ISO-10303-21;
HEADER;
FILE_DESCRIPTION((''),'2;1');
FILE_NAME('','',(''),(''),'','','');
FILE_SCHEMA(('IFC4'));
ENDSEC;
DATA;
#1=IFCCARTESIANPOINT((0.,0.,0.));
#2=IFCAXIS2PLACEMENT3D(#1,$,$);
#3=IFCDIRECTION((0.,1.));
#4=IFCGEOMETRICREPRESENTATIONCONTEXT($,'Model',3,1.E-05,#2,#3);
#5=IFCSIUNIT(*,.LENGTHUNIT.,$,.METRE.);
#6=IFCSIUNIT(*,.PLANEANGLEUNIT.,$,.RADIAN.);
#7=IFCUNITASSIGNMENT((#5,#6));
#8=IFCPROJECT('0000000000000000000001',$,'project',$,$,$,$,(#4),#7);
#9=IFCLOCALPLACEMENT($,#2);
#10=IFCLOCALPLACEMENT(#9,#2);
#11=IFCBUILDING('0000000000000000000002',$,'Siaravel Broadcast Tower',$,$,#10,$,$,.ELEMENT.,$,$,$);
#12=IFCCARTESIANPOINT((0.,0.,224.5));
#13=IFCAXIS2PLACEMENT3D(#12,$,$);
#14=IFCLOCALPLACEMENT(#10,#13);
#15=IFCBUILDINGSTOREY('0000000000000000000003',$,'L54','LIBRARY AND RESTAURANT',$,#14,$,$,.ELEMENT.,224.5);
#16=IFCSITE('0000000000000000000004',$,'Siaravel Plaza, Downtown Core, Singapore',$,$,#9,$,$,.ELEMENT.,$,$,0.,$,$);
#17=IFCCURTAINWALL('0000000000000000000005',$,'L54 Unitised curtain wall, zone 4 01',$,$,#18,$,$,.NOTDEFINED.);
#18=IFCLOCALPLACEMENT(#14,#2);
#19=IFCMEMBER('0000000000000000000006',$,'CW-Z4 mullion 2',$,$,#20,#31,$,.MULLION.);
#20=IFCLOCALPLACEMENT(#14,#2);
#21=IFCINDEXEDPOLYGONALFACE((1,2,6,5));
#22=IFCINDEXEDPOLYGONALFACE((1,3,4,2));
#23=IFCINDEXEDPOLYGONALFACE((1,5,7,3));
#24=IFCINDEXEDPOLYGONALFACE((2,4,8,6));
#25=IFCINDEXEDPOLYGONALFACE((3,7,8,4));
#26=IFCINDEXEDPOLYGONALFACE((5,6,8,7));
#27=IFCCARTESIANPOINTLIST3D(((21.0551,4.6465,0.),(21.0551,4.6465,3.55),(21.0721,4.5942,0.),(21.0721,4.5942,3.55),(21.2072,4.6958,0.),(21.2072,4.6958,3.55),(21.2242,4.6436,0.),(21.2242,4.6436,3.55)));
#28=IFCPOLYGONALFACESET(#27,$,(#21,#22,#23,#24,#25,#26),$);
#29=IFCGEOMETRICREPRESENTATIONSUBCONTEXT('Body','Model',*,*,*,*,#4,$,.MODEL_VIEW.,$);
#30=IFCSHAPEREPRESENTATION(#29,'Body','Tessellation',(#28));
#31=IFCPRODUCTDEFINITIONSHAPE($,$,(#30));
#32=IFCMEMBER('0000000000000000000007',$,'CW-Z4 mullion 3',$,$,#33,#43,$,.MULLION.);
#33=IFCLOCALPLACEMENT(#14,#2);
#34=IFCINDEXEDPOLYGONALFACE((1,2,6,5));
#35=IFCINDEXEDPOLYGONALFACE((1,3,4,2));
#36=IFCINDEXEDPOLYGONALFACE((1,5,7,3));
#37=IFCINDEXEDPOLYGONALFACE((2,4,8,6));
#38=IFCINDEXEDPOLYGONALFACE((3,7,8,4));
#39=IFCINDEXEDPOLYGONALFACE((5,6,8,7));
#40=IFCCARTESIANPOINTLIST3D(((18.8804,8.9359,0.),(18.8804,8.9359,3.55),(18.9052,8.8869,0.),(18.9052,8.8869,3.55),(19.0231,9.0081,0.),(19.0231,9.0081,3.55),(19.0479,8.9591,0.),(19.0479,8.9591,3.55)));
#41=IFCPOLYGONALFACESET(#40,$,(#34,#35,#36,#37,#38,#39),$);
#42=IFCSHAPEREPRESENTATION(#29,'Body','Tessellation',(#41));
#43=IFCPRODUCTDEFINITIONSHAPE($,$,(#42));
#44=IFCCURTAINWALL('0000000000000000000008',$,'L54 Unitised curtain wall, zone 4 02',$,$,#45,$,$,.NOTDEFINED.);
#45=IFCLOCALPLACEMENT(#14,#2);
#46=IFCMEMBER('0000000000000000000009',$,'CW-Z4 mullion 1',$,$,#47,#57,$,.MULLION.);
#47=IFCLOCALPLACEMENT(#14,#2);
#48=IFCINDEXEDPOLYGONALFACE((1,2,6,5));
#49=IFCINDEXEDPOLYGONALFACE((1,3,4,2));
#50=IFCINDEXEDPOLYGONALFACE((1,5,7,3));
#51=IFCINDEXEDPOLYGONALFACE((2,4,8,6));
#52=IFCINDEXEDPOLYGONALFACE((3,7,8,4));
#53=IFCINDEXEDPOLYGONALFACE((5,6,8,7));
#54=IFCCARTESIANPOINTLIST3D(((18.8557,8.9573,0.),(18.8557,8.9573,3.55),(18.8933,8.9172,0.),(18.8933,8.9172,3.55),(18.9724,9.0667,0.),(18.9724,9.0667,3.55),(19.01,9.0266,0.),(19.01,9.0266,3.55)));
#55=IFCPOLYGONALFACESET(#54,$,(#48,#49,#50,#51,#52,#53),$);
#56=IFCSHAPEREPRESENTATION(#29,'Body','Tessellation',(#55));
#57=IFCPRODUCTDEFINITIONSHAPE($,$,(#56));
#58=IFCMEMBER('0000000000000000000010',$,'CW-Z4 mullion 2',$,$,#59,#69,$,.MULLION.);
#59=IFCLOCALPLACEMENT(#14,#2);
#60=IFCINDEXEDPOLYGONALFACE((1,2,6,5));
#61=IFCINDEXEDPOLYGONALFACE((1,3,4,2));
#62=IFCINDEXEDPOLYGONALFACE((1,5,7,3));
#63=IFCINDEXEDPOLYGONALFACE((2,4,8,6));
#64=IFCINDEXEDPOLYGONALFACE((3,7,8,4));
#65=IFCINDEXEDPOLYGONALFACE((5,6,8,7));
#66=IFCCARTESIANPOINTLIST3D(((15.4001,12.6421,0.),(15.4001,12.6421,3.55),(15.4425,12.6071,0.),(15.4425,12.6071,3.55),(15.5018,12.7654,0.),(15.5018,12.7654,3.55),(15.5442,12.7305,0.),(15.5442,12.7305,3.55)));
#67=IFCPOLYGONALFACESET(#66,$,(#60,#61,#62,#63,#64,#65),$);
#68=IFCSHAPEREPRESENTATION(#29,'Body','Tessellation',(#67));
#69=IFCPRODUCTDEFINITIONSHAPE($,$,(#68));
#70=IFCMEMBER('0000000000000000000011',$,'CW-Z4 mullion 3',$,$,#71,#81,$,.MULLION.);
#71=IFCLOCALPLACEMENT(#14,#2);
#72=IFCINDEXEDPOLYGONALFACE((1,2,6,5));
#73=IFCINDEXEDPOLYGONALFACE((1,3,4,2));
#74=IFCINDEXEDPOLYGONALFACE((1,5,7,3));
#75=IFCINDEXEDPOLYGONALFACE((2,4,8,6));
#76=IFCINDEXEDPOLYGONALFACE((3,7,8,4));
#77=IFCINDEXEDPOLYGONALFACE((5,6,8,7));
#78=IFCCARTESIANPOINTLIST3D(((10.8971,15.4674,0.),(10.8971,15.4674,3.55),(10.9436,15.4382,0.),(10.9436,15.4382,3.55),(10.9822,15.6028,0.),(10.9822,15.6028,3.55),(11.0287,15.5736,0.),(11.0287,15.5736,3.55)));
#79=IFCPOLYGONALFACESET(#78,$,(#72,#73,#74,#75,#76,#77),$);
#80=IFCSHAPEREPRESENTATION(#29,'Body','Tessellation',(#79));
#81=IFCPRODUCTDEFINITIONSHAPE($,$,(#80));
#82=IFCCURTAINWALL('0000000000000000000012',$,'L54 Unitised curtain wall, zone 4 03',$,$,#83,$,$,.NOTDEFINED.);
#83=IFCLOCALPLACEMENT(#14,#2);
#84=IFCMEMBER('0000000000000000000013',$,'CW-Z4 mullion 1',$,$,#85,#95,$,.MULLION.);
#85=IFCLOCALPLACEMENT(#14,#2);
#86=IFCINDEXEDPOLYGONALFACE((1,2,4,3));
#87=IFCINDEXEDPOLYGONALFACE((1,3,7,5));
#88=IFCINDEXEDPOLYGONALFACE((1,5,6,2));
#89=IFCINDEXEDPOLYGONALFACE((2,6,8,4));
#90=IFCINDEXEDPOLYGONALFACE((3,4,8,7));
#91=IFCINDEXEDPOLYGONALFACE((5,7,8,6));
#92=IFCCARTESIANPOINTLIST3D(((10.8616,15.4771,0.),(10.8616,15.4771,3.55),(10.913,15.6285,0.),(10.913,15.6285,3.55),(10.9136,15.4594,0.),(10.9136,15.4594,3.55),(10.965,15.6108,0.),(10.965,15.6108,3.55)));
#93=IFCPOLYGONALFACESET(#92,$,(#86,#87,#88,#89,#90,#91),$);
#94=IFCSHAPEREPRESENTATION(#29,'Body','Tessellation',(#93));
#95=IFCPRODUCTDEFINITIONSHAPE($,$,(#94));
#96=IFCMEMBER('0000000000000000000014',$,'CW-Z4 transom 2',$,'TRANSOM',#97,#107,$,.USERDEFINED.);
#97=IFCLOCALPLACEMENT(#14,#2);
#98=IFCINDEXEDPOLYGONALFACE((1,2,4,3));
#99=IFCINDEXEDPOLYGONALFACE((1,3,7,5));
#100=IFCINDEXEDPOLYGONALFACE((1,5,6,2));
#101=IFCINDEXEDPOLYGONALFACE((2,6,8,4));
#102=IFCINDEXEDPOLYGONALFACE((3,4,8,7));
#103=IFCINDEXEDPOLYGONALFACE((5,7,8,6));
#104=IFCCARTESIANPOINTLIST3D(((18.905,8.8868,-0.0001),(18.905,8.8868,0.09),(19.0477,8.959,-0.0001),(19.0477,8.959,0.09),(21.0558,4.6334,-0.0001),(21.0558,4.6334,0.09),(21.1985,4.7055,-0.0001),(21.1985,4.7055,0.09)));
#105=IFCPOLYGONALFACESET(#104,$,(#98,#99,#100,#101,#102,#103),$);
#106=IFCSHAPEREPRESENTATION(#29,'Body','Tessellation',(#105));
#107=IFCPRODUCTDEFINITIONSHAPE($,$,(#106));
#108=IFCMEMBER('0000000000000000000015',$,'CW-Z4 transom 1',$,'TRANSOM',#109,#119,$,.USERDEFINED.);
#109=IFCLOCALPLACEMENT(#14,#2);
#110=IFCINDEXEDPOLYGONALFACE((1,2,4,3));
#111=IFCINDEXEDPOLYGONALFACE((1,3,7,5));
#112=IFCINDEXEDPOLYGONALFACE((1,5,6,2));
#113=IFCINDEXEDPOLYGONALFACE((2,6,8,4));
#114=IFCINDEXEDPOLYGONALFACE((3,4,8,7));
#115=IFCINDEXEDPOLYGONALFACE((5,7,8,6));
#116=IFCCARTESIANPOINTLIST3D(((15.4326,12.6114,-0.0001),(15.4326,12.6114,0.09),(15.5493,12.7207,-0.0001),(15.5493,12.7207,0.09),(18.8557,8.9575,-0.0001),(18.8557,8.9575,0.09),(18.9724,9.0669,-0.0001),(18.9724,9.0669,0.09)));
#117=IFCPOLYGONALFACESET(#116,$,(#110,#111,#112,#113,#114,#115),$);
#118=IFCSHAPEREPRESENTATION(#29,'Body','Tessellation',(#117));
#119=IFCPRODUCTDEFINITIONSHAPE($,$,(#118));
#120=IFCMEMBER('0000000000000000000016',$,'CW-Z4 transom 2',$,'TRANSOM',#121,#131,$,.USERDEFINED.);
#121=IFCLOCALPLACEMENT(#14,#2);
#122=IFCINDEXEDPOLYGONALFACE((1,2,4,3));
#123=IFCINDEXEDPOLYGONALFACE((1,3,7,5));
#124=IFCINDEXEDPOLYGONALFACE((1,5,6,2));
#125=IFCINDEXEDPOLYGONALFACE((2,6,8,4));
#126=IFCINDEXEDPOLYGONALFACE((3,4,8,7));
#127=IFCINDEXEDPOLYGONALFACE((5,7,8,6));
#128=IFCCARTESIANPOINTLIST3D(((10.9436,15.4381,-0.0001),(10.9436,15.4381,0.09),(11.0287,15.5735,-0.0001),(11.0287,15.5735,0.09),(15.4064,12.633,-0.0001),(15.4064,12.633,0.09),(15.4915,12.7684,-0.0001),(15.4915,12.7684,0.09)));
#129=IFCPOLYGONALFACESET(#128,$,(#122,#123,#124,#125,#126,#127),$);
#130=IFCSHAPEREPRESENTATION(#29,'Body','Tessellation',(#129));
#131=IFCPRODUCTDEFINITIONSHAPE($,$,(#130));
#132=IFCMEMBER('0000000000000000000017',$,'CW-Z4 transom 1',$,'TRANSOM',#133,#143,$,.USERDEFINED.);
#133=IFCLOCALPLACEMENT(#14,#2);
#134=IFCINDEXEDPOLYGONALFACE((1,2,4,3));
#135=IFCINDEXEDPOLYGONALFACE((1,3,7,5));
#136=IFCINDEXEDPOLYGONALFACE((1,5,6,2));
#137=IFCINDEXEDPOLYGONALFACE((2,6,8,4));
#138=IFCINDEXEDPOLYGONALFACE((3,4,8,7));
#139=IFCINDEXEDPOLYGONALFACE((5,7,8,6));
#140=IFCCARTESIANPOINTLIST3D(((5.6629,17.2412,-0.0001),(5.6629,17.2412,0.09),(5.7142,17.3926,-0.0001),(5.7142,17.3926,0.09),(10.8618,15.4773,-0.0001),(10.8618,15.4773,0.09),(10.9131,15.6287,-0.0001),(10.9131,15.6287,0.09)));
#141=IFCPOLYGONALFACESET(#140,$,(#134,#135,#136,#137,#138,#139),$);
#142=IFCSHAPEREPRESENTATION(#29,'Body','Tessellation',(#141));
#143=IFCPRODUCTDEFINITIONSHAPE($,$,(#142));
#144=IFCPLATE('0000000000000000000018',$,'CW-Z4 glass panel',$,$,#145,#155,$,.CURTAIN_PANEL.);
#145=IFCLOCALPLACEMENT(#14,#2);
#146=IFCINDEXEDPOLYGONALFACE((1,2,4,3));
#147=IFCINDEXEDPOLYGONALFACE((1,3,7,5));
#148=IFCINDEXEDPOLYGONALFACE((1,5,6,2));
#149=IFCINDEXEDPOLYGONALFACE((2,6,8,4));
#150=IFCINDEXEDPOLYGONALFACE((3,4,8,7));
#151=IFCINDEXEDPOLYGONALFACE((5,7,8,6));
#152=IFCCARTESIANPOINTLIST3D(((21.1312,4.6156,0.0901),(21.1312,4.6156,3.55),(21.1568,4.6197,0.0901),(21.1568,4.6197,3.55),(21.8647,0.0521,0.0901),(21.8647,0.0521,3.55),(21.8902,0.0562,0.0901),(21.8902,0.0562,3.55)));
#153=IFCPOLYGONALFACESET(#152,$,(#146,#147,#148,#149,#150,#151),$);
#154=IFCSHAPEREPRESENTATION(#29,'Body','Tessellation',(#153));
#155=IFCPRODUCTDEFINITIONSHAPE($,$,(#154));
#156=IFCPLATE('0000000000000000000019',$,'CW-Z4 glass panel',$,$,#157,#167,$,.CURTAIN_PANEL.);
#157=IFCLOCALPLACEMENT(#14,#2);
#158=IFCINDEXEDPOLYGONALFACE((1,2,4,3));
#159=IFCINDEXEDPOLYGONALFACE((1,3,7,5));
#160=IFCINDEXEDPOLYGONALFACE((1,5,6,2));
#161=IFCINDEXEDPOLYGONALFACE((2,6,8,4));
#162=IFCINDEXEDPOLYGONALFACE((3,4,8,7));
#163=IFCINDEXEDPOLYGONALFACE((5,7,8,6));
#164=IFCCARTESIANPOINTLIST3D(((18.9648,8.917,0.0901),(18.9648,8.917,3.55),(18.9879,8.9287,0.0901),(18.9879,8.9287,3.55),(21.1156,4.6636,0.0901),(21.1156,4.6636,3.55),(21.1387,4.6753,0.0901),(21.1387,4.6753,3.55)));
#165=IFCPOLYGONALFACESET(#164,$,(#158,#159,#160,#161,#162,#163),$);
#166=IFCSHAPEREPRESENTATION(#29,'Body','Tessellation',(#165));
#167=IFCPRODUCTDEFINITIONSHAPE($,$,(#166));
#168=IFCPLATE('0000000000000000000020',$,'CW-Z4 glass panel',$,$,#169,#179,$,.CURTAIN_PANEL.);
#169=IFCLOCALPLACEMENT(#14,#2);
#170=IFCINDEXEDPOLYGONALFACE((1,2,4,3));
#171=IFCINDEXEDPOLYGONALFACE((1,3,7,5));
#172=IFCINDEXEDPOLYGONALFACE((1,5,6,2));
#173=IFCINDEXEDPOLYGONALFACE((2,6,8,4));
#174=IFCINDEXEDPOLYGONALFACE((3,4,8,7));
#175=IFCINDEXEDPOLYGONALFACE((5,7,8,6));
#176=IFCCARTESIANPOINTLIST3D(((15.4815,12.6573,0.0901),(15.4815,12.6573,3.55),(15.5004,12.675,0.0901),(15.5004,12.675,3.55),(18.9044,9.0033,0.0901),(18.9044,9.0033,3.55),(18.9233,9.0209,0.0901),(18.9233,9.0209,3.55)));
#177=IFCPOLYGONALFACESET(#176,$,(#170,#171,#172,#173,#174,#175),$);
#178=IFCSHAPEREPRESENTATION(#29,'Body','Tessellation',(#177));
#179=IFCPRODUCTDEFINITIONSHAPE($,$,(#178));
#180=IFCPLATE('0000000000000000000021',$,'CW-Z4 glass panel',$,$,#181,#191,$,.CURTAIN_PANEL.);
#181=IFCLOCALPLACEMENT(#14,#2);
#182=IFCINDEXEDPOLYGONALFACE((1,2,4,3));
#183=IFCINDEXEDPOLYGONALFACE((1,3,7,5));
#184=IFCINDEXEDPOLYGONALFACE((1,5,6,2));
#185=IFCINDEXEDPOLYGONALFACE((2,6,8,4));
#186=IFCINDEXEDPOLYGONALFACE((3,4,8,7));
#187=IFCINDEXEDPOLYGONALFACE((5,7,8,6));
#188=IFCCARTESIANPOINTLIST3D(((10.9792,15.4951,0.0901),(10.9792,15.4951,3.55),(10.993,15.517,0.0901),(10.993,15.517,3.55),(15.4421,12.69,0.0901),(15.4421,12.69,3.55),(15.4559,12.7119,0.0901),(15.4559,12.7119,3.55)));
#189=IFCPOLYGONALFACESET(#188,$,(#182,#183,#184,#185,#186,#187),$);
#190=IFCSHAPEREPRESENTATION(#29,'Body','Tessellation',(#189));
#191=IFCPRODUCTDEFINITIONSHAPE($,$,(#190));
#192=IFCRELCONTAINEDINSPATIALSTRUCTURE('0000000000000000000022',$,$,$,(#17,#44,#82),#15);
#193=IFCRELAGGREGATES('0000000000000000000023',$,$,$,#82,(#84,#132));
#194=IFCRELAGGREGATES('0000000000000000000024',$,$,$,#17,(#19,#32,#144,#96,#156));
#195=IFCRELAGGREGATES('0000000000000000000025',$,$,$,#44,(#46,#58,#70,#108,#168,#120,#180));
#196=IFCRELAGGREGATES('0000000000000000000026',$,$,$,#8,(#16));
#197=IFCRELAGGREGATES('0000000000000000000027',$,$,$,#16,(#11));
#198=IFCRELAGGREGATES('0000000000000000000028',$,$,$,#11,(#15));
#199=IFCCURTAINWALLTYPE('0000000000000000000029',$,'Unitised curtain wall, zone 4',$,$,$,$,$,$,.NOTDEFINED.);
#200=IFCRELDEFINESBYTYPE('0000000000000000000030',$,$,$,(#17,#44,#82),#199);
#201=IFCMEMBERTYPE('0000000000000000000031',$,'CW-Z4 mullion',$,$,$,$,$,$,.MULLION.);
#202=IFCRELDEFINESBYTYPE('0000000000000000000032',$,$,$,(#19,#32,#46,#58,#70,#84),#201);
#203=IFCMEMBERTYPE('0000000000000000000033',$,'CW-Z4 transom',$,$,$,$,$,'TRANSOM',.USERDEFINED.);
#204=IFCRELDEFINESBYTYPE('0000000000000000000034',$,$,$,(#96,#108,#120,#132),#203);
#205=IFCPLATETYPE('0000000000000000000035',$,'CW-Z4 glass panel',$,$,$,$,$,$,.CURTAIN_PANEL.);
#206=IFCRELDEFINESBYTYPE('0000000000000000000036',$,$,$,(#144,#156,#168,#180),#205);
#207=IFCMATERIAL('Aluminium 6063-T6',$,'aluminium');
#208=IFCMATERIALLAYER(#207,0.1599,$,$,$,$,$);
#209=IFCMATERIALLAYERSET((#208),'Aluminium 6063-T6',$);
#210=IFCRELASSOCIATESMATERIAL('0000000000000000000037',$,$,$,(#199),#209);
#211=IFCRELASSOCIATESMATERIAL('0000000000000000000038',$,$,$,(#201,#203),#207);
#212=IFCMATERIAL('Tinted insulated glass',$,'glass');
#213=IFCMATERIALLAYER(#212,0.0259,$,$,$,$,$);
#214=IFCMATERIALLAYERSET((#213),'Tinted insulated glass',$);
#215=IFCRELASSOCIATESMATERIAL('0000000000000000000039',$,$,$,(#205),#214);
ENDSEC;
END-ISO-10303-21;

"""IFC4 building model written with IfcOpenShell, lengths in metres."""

from ifc_helpers import new_model, si_unit, direction, frame, origin, origin_2d, place, context, subcontext, project, spatial, rectangle, extrude, material, layer, layer_set, material_profile, profile_set, type_object, element, aggregate, save


model = new_model("IFC4")

# Units and contexts
model_context = context("Model", 3, precision=1e-05, world=origin(), true_north=direction((0.0, 1.0)))
body_context = subcontext(model_context, "Body", "Model", "MODEL_VIEW")
ifc_project = project(units=[si_unit("LENGTHUNIT", "METRE"), si_unit("PLANEANGLEUNIT", "RADIAN")], contexts=[model_context])

# Site, building, storey
site_placement = place(None, origin())
site = spatial("IfcSite", under=ifc_project, at=site_placement, Name="Siaravel Plaza, Downtown Core, Singapore", CompositionType="ELEMENT", RefElevation=0.0)
building_placement = place(site_placement, origin())
building = spatial("IfcBuilding", under=site, at=building_placement, Name="Siaravel Broadcast Tower", CompositionType="ELEMENT")
storey_placement = place(building_placement, frame((0.0, 0.0, 224.5)))
storey = spatial("IfcBuildingStorey", under=building, at=storey_placement, Name="L54", Description="LIBRARY AND RESTAURANT", CompositionType="ELEMENT", Elevation=224.5)

# Curtain walls, members
ifc_material_1 = material(Name="Aluminium 6063-T6", Category="aluminium")
ifc_layer_1 = layer(ifc_material_1, 0.1599)
ifc_layer_set_1 = layer_set([ifc_layer_1], Name="Aluminium 6063-T6")
curtain_wall_type = type_object("IfcCurtainWallType", Name="Unitised curtain wall, zone 4", PredefinedType="NOTDEFINED", material=ifc_layer_set_1)
curtain_wall_1_placement = place(storey_placement, origin())
curtain_wall_1 = element("IfcCurtainWall", 1, at=curtain_wall_1_placement, inside=storey, type_object=curtain_wall_type, Name="L54 Unitised curtain wall, zone 4 01", PredefinedType="NOTDEFINED")
ifc_material_profile_1 = material_profile(ifc_material_1, rectangle(XDim=0.1599, YDim=0.0549, at=origin_2d()))
ifc_profile_set_1 = profile_set([ifc_material_profile_1], Name="Aluminium 6063-T6")
member_type_1 = type_object("IfcMemberType", Name="CW-Z4 mullion", PredefinedType="MULLION", material=ifc_profile_set_1)
member_1_placement = place(storey_placement, frame((21.1396, 4.645, 0.0), z_axis=(0.0, 0.0, 1.0), x_axis=(-0.951178, -0.308644, 0.0)))
member_1 = element("IfcMember", 2, at=member_1_placement, type_object=member_type_1, Name="CW-Z4 mullion 2", PredefinedType="MULLION", context=body_context, shape_type="SweptSolid", body=[
    extrude(rectangle(XDim=0.1599, YDim=0.0549, at=origin_2d()), origin(), (0.0, 0.0, 1.0), 3.55),
])
member_2_placement = place(storey_placement, frame((18.9641, 8.9475, 0.0), z_axis=(0.0, 0.0, 1.0), x_axis=(-0.892393, -0.45126, 0.0)))
member_2 = element("IfcMember", 3, at=member_2_placement, type_object=member_type_1, Name="CW-Z4 mullion 3", PredefinedType="MULLION", context=body_context, shape_type="SweptSolid", body=[
    extrude(rectangle(XDim=0.1599, YDim=0.0549, at=origin_2d()), origin(), (0.0, 0.0, 1.0), 3.55),
])
curtain_wall_2_placement = place(storey_placement, origin())
curtain_wall_2 = element("IfcCurtainWall", 4, at=curtain_wall_2_placement, inside=storey, type_object=curtain_wall_type, Name="L54 Unitised curtain wall, zone 4 02", PredefinedType="NOTDEFINED")
member_3_placement = place(storey_placement, frame((18.9329, 8.9919, 0.0), z_axis=(0.0, 0.0, 1.0), x_axis=(-0.729806, -0.683654, 0.0)))
member_3 = element("IfcMember", 5, at=member_3_placement, type_object=member_type_1, Name="CW-Z4 mullion 1", PredefinedType="MULLION", context=body_context, shape_type="SweptSolid", body=[
    extrude(rectangle(XDim=0.1599, YDim=0.0549, at=origin_2d()), origin(), (0.0, 0.0, 1.0), 3.55),
])
member_4_placement = place(storey_placement, frame((15.4722, 12.6863, 0.0), z_axis=(0.0, 0.0, 1.0), x_axis=(-0.63622, -0.771508, 0.0)))
member_4 = element("IfcMember", 6, at=member_4_placement, type_object=member_type_1, Name="CW-Z4 mullion 2", PredefinedType="MULLION", context=body_context, shape_type="SweptSolid", body=[
    extrude(rectangle(XDim=0.1599, YDim=0.0549, at=origin_2d()), origin(), (0.0, 0.0, 1.0), 3.55),
])
member_5_placement = place(storey_placement, frame((10.9629, 15.5205, 0.0), z_axis=(0.0, 0.0, 1.0), x_axis=(-0.53215, -0.84665, 0.0)))
member_5 = element("IfcMember", 7, at=member_5_placement, type_object=member_type_1, Name="CW-Z4 mullion 3", PredefinedType="MULLION", context=body_context, shape_type="SweptSolid", body=[
    extrude(rectangle(XDim=0.1599, YDim=0.0549, at=origin_2d()), origin(), (0.0, 0.0, 1.0), 3.55),
])

# Curtain wall, member
curtain_wall_3_placement = place(storey_placement, origin())
curtain_wall_3 = element("IfcCurtainWall", 8, at=curtain_wall_3_placement, inside=storey, type_object=curtain_wall_type, Name="L54 Unitised curtain wall, zone 4 03", PredefinedType="NOTDEFINED")
member_6_placement = place(storey_placement, frame((10.9133, 15.5439, 0.0), z_axis=(0.0, 0.0, 1.0), x_axis=(-0.321301, -0.946977, 0.0)))
member_6 = element("IfcMember", 9, at=member_6_placement, type_object=member_type_1, Name="CW-Z4 mullion 1", PredefinedType="MULLION", context=body_context, shape_type="SweptSolid", body=[
    extrude(rectangle(XDim=0.1599, YDim=0.0549, at=origin_2d()), origin(), (0.0, 0.0, 1.0), 3.55),
])

# Members
ifc_material_profile_2 = material_profile(ifc_material_1, rectangle(XDim=0.1599, YDim=0.0901, at=origin_2d()))
ifc_profile_set_2 = profile_set([ifc_material_profile_2], Name="Aluminium 6063-T6")
member_type_2 = type_object("IfcMemberType", Name="CW-Z4 transom", ElementType="TRANSOM", PredefinedType="USERDEFINED", material=ifc_profile_set_2)
member_7_placement = place(storey_placement, frame((21.1272, 4.6694, 0.0449), z_axis=(-0.451266, 0.89239, 0.0), x_axis=(-0.89239, -0.451266, 0.0)))
member_7 = element("IfcMember", 10, at=member_7_placement, type_object=member_type_2, Name="CW-Z4 transom 2", ObjectType="TRANSOM", PredefinedType="USERDEFINED", context=body_context, shape_type="SweptSolid", body=[
    extrude(rectangle(XDim=0.1599, YDim=0.0901, at=origin_2d()), origin(), (0.0, 0.0, 1.0), 4.7664),
])
member_8_placement = place(storey_placement, frame((18.9141, 9.0122, 0.0449), z_axis=(-0.683691, 0.729771, 0.0), x_axis=(-0.729771, -0.683691, 0.0)))
member_8 = element("IfcMember", 11, at=member_8_placement, type_object=member_type_2, Name="CW-Z4 transom 1", ObjectType="TRANSOM", PredefinedType="USERDEFINED", context=body_context, shape_type="SweptSolid", body=[
    extrude(rectangle(XDim=0.1599, YDim=0.0901, at=origin_2d()), origin(), (0.0, 0.0, 1.0), 5.0068),
])
member_9_placement = place(storey_placement, frame((15.449, 12.7007, 0.0449), z_axis=(-0.846643, 0.532162, 0.0), x_axis=(-0.532162, -0.846643, 0.0)))
member_9 = element("IfcMember", 12, at=member_9_placement, type_object=member_type_2, Name="CW-Z4 transom 2", ObjectType="TRANSOM", PredefinedType="USERDEFINED", context=body_context, shape_type="SweptSolid", body=[
    extrude(rectangle(XDim=0.1599, YDim=0.0901, at=origin_2d()), origin(), (0.0, 0.0, 1.0), 5.2712),
])
member_10_placement = place(storey_placement, frame((10.8875, 15.553, 0.0449), z_axis=(-0.94698, 0.321293, 0.0), x_axis=(-0.321293, -0.94698, 0.0)))
member_10 = element("IfcMember", 13, at=member_10_placement, type_object=member_type_2, Name="CW-Z4 transom 1", ObjectType="TRANSOM", PredefinedType="USERDEFINED", context=body_context, shape_type="SweptSolid", body=[
    extrude(rectangle(XDim=0.1599, YDim=0.0901, at=origin_2d()), origin(), (0.0, 0.0, 1.0), 5.49),
])
aggregate(curtain_wall_3, [member_6, member_10])

# Plates
ifc_material_2 = material(Name="Tinted insulated glass", Category="glass")
ifc_layer_2 = layer(ifc_material_2, 0.0259)
ifc_layer_set_2 = layer_set([ifc_layer_2], Name="Tinted insulated glass")
plate_type = type_object("IfcPlateType", Name="CW-Z4 glass panel", PredefinedType="CURTAIN_PANEL", material=ifc_layer_set_2)
plate_1_placement = place(storey_placement, frame((21.5107, 2.3359, 0.0901), z_axis=(0.0, 0.0, 1.0), x_axis=(-0.158685, 0.987329, 0.0)))
plate_1 = element("IfcPlate", 14, at=plate_1_placement, type_object=plate_type, Name="CW-Z4 glass panel", PredefinedType="CURTAIN_PANEL", context=body_context, shape_type="SweptSolid", body=[
    extrude(rectangle(XDim=4.6221, YDim=0.0259, at=origin_2d()), origin(), (0.0, 0.0, 1.0), 3.46),
])
plate_2_placement = place(storey_placement, frame((20.0518, 6.7961, 0.0901), z_axis=(0.0, 0.0, 1.0), x_axis=(-0.45126, 0.892393, 0.0)))
plate_2 = element("IfcPlate", 15, at=plate_2_placement, type_object=plate_type, Name="CW-Z4 glass panel", PredefinedType="CURTAIN_PANEL", context=body_context, shape_type="SweptSolid", body=[
    extrude(rectangle(XDim=4.7664, YDim=0.0259, at=origin_2d()), origin(), (0.0, 0.0, 1.0), 3.46),
])
aggregate(curtain_wall_1, [member_1, member_2, plate_1, member_7, plate_2])
plate_3_placement = place(storey_placement, frame((17.2024, 10.8391, 0.0901), z_axis=(0.0, 0.0, 1.0), x_axis=(-0.683654, 0.729806, 0.0)))
plate_3 = element("IfcPlate", 16, at=plate_3_placement, type_object=plate_type, Name="CW-Z4 glass panel", PredefinedType="CURTAIN_PANEL", context=body_context, shape_type="SweptSolid", body=[
    extrude(rectangle(XDim=5.0068, YDim=0.0259, at=origin_2d()), origin(), (0.0, 0.0, 1.0), 3.46),
])
plate_4_placement = place(storey_placement, frame((13.2175, 14.1035, 0.0901), z_axis=(0.0, 0.0, 1.0), x_axis=(-0.84665, 0.53215, 0.0)))
plate_4 = element("IfcPlate", 17, at=plate_4_placement, type_object=plate_type, Name="CW-Z4 glass panel", PredefinedType="CURTAIN_PANEL", context=body_context, shape_type="SweptSolid", body=[
    extrude(rectangle(XDim=5.2712, YDim=0.0259, at=origin_2d()), origin(), (0.0, 0.0, 1.0), 3.46),
])
aggregate(curtain_wall_2, [member_3, member_4, member_5, member_8, plate_3, member_9, plate_4])

save(model, "model.ifc")
